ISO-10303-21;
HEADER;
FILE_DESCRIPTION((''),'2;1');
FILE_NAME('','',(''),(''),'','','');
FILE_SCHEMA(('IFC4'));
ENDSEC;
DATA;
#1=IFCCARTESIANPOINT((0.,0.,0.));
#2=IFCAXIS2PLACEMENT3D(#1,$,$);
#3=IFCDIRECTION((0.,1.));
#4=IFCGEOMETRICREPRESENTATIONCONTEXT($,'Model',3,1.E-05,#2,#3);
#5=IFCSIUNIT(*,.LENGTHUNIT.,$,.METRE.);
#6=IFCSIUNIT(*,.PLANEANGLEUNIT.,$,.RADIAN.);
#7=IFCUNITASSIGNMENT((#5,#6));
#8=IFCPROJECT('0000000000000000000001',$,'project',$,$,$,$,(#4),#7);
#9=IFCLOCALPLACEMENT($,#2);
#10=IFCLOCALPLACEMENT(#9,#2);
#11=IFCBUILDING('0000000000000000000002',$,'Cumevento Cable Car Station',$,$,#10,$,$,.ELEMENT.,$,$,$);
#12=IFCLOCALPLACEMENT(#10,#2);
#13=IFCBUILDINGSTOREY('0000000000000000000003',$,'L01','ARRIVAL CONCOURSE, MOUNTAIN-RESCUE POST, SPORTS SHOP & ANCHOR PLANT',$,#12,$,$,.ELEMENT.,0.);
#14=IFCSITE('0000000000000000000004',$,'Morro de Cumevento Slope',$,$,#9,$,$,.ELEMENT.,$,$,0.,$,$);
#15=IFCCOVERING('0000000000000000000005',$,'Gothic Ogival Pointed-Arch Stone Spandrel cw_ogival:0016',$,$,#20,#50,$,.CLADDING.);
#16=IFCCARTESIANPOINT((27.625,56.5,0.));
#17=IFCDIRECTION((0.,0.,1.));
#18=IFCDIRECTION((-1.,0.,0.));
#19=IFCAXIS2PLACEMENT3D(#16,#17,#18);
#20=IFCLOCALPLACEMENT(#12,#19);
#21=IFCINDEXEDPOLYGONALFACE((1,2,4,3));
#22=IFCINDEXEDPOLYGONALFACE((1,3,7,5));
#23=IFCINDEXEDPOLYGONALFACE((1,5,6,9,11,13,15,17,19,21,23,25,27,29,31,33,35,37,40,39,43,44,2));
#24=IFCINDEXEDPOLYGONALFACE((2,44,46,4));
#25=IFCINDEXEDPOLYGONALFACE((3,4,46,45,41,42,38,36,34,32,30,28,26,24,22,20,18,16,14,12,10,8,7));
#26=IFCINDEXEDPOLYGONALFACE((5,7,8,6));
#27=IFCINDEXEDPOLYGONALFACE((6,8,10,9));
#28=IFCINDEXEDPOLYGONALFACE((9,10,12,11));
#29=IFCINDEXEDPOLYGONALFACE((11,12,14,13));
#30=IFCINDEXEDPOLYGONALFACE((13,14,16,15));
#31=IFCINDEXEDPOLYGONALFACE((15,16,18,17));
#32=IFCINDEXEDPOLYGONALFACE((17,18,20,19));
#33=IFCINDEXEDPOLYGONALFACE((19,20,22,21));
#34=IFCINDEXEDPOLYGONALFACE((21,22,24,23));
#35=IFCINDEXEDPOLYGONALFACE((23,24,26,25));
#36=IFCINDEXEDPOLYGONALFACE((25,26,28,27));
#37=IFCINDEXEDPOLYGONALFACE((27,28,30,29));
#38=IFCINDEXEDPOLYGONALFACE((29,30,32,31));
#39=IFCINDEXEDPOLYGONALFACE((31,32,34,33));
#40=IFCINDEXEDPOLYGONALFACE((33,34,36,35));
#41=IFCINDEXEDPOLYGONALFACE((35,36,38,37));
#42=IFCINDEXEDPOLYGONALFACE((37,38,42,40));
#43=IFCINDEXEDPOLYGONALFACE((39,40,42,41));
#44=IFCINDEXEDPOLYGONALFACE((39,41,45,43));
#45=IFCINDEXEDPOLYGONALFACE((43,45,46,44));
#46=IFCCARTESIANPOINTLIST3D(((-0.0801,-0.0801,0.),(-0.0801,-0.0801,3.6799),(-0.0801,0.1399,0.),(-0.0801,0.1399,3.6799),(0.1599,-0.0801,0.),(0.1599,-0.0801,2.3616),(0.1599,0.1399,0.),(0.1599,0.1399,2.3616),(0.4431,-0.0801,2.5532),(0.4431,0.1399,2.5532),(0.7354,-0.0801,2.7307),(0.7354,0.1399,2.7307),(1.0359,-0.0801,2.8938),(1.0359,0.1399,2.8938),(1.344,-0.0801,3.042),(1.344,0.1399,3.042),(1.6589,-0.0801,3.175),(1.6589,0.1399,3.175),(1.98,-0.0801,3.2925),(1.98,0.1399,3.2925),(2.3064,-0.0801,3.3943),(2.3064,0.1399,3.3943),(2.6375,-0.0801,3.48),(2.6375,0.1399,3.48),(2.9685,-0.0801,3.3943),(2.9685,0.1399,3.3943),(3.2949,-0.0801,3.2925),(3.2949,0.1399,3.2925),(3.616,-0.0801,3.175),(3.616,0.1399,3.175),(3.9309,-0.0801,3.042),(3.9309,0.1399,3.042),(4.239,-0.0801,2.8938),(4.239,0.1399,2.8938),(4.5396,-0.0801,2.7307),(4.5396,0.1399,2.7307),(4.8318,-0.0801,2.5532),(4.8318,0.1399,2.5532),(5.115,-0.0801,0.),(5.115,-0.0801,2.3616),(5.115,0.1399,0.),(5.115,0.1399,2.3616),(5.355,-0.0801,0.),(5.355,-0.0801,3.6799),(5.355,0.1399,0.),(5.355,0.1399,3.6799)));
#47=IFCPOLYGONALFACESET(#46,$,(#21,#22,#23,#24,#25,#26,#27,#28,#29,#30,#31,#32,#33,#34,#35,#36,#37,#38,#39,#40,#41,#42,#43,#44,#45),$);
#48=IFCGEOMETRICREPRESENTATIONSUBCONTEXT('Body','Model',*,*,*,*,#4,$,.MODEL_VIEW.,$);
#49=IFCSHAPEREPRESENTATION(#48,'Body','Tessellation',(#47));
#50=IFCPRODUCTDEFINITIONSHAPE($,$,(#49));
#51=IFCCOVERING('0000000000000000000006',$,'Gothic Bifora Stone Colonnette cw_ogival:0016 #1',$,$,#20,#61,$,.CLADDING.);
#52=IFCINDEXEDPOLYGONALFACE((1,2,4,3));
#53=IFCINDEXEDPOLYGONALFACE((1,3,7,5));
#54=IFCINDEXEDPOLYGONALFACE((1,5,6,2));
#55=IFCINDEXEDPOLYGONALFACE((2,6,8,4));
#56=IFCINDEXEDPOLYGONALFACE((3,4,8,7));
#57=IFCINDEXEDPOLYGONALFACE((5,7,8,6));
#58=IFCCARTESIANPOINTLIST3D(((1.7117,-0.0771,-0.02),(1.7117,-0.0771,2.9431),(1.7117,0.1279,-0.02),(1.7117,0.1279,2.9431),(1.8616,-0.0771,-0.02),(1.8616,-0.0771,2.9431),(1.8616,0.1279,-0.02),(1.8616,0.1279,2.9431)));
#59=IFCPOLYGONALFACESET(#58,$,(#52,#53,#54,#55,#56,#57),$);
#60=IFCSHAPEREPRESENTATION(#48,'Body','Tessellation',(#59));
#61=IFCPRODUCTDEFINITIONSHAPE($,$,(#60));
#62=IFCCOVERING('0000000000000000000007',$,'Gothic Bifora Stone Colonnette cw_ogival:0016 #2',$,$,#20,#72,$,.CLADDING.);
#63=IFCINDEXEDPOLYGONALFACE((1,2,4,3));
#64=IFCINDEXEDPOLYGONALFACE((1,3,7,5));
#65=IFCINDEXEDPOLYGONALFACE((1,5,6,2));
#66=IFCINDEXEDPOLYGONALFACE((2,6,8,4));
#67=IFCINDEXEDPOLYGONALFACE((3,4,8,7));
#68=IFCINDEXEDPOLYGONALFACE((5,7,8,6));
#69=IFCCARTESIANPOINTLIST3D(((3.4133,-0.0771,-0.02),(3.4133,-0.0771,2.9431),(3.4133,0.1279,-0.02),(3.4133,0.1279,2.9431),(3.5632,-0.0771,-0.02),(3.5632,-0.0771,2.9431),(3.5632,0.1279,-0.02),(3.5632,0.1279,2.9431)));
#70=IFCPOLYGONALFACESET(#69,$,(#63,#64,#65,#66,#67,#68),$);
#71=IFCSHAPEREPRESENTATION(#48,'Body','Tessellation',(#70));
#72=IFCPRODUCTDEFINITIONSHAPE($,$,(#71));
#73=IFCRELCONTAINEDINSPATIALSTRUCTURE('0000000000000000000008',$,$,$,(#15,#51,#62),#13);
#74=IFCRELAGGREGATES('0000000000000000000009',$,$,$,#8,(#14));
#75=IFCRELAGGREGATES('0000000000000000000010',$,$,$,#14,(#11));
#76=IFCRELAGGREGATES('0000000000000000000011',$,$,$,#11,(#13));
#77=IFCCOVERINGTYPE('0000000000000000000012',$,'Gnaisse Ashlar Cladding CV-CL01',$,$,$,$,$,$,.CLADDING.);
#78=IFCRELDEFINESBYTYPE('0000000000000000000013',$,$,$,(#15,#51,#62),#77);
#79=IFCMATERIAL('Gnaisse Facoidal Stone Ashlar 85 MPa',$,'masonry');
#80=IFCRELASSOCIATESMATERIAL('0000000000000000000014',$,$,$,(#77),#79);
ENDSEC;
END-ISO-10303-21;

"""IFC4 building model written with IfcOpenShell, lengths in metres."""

from ifc_helpers import new_model, si_unit, direction, frame, origin, place, context, subcontext, project, spatial, polyline, outline, extrude, material, type_object, element, save


model = new_model("IFC4")

# Units and contexts
model_context = context("Model", 3, precision=1e-05, world=origin(), true_north=direction((0.0, 1.0)))
body_context = subcontext(model_context, "Body", "Model", "MODEL_VIEW")
ifc_project = project(units=[si_unit("LENGTHUNIT", "METRE"), si_unit("PLANEANGLEUNIT", "RADIAN")], contexts=[model_context])

# Site, building, storey
site_placement = place(None, origin())
site = spatial("IfcSite", under=ifc_project, at=site_placement, Name="Morro de Cumevento Slope", CompositionType="ELEMENT", RefElevation=0.0)
building_placement = place(site_placement, origin())
building = spatial("IfcBuilding", under=site, at=building_placement, Name="Cumevento Cable Car Station", CompositionType="ELEMENT")
storey_placement = place(building_placement, origin())
storey = spatial("IfcBuildingStorey", under=building, at=storey_placement, Name="L01", Description="ARRIVAL CONCOURSE, MOUNTAIN-RESCUE POST, SPORTS SHOP & ANCHOR PLANT", CompositionType="ELEMENT", Elevation=0.0)

# Coverings
ifc_material_1 = material(Name="Gnaisse Facoidal Stone Ashlar 85 MPa", Category="masonry")
covering_type = type_object("IfcCoveringType", Name="Gnaisse Ashlar Cladding CV-CL01", PredefinedType="CLADDING", material=ifc_material_1)
placement = place(storey_placement, frame((27.625, 56.5, 0.0), z_axis=(0.0, 0.0, 1.0), x_axis=(-1.0, 0.0, 0.0)))
element("IfcCovering", 1, at=placement, inside=storey, type_object=covering_type, Name="Gothic Ogival Pointed-Arch Stone Spandrel cw_ogival:0016", PredefinedType="CLADDING", context=body_context, shape_type="SweptSolid", body=[
    extrude(outline(polyline([(-0.0801, 0.0), (-0.0801, 3.6799), (5.355, 3.6799), (5.355, 0.0), (5.115, 0.0), (5.115, 2.3616), (4.8318, 2.5532), (4.5396, 2.7307), (4.239, 2.8938), (3.9309, 3.042), (3.616, 3.175), (3.2949, 3.2925), (2.9685, 3.3943), (2.6375, 3.48), (2.3064, 3.3943), (1.98, 3.2925), (1.6589, 3.175), (1.344, 3.042), (1.0359, 2.8938), (0.7354, 2.7307), (0.4431, 2.5532), (0.1599, 2.3616), (0.1599, 0.0), (-0.0801, 0.0)])), frame((0.0, 0.1399, 0.0), z_axis=(0.0, -1.0, 0.0), x_axis=(1.0, 0.0, 0.0)), (0.0, 0.0, 1.0), 0.22),
])
element("IfcCovering", 2, at=placement, inside=storey, type_object=covering_type, Name="Gothic Bifora Stone Colonnette cw_ogival:0016 #1", PredefinedType="CLADDING", context=body_context, shape_type="SweptSolid", body=[
    extrude(outline(polyline([(1.7117, -0.02), (1.8616, -0.02), (1.8616, 2.9431), (1.7117, 2.9431), (1.7117, -0.02)])), frame((0.0, 0.1279, 0.0), z_axis=(0.0, -1.0, 0.0), x_axis=(1.0, 0.0, 0.0)), (0.0, 0.0, 1.0), 0.2051),
])
element("IfcCovering", 3, at=placement, inside=storey, type_object=covering_type, Name="Gothic Bifora Stone Colonnette cw_ogival:0016 #2", PredefinedType="CLADDING", context=body_context, shape_type="SweptSolid", body=[
    extrude(outline(polyline([(3.4133, -0.02), (3.5632, -0.02), (3.5632, 2.9431), (3.4133, 2.9431), (3.4133, -0.02)])), frame((0.0, 0.1279, 0.0), z_axis=(0.0, -1.0, 0.0), x_axis=(1.0, 0.0, 0.0)), (0.0, 0.0, 1.0), 0.2051),
])

save(model, "model.ifc")
